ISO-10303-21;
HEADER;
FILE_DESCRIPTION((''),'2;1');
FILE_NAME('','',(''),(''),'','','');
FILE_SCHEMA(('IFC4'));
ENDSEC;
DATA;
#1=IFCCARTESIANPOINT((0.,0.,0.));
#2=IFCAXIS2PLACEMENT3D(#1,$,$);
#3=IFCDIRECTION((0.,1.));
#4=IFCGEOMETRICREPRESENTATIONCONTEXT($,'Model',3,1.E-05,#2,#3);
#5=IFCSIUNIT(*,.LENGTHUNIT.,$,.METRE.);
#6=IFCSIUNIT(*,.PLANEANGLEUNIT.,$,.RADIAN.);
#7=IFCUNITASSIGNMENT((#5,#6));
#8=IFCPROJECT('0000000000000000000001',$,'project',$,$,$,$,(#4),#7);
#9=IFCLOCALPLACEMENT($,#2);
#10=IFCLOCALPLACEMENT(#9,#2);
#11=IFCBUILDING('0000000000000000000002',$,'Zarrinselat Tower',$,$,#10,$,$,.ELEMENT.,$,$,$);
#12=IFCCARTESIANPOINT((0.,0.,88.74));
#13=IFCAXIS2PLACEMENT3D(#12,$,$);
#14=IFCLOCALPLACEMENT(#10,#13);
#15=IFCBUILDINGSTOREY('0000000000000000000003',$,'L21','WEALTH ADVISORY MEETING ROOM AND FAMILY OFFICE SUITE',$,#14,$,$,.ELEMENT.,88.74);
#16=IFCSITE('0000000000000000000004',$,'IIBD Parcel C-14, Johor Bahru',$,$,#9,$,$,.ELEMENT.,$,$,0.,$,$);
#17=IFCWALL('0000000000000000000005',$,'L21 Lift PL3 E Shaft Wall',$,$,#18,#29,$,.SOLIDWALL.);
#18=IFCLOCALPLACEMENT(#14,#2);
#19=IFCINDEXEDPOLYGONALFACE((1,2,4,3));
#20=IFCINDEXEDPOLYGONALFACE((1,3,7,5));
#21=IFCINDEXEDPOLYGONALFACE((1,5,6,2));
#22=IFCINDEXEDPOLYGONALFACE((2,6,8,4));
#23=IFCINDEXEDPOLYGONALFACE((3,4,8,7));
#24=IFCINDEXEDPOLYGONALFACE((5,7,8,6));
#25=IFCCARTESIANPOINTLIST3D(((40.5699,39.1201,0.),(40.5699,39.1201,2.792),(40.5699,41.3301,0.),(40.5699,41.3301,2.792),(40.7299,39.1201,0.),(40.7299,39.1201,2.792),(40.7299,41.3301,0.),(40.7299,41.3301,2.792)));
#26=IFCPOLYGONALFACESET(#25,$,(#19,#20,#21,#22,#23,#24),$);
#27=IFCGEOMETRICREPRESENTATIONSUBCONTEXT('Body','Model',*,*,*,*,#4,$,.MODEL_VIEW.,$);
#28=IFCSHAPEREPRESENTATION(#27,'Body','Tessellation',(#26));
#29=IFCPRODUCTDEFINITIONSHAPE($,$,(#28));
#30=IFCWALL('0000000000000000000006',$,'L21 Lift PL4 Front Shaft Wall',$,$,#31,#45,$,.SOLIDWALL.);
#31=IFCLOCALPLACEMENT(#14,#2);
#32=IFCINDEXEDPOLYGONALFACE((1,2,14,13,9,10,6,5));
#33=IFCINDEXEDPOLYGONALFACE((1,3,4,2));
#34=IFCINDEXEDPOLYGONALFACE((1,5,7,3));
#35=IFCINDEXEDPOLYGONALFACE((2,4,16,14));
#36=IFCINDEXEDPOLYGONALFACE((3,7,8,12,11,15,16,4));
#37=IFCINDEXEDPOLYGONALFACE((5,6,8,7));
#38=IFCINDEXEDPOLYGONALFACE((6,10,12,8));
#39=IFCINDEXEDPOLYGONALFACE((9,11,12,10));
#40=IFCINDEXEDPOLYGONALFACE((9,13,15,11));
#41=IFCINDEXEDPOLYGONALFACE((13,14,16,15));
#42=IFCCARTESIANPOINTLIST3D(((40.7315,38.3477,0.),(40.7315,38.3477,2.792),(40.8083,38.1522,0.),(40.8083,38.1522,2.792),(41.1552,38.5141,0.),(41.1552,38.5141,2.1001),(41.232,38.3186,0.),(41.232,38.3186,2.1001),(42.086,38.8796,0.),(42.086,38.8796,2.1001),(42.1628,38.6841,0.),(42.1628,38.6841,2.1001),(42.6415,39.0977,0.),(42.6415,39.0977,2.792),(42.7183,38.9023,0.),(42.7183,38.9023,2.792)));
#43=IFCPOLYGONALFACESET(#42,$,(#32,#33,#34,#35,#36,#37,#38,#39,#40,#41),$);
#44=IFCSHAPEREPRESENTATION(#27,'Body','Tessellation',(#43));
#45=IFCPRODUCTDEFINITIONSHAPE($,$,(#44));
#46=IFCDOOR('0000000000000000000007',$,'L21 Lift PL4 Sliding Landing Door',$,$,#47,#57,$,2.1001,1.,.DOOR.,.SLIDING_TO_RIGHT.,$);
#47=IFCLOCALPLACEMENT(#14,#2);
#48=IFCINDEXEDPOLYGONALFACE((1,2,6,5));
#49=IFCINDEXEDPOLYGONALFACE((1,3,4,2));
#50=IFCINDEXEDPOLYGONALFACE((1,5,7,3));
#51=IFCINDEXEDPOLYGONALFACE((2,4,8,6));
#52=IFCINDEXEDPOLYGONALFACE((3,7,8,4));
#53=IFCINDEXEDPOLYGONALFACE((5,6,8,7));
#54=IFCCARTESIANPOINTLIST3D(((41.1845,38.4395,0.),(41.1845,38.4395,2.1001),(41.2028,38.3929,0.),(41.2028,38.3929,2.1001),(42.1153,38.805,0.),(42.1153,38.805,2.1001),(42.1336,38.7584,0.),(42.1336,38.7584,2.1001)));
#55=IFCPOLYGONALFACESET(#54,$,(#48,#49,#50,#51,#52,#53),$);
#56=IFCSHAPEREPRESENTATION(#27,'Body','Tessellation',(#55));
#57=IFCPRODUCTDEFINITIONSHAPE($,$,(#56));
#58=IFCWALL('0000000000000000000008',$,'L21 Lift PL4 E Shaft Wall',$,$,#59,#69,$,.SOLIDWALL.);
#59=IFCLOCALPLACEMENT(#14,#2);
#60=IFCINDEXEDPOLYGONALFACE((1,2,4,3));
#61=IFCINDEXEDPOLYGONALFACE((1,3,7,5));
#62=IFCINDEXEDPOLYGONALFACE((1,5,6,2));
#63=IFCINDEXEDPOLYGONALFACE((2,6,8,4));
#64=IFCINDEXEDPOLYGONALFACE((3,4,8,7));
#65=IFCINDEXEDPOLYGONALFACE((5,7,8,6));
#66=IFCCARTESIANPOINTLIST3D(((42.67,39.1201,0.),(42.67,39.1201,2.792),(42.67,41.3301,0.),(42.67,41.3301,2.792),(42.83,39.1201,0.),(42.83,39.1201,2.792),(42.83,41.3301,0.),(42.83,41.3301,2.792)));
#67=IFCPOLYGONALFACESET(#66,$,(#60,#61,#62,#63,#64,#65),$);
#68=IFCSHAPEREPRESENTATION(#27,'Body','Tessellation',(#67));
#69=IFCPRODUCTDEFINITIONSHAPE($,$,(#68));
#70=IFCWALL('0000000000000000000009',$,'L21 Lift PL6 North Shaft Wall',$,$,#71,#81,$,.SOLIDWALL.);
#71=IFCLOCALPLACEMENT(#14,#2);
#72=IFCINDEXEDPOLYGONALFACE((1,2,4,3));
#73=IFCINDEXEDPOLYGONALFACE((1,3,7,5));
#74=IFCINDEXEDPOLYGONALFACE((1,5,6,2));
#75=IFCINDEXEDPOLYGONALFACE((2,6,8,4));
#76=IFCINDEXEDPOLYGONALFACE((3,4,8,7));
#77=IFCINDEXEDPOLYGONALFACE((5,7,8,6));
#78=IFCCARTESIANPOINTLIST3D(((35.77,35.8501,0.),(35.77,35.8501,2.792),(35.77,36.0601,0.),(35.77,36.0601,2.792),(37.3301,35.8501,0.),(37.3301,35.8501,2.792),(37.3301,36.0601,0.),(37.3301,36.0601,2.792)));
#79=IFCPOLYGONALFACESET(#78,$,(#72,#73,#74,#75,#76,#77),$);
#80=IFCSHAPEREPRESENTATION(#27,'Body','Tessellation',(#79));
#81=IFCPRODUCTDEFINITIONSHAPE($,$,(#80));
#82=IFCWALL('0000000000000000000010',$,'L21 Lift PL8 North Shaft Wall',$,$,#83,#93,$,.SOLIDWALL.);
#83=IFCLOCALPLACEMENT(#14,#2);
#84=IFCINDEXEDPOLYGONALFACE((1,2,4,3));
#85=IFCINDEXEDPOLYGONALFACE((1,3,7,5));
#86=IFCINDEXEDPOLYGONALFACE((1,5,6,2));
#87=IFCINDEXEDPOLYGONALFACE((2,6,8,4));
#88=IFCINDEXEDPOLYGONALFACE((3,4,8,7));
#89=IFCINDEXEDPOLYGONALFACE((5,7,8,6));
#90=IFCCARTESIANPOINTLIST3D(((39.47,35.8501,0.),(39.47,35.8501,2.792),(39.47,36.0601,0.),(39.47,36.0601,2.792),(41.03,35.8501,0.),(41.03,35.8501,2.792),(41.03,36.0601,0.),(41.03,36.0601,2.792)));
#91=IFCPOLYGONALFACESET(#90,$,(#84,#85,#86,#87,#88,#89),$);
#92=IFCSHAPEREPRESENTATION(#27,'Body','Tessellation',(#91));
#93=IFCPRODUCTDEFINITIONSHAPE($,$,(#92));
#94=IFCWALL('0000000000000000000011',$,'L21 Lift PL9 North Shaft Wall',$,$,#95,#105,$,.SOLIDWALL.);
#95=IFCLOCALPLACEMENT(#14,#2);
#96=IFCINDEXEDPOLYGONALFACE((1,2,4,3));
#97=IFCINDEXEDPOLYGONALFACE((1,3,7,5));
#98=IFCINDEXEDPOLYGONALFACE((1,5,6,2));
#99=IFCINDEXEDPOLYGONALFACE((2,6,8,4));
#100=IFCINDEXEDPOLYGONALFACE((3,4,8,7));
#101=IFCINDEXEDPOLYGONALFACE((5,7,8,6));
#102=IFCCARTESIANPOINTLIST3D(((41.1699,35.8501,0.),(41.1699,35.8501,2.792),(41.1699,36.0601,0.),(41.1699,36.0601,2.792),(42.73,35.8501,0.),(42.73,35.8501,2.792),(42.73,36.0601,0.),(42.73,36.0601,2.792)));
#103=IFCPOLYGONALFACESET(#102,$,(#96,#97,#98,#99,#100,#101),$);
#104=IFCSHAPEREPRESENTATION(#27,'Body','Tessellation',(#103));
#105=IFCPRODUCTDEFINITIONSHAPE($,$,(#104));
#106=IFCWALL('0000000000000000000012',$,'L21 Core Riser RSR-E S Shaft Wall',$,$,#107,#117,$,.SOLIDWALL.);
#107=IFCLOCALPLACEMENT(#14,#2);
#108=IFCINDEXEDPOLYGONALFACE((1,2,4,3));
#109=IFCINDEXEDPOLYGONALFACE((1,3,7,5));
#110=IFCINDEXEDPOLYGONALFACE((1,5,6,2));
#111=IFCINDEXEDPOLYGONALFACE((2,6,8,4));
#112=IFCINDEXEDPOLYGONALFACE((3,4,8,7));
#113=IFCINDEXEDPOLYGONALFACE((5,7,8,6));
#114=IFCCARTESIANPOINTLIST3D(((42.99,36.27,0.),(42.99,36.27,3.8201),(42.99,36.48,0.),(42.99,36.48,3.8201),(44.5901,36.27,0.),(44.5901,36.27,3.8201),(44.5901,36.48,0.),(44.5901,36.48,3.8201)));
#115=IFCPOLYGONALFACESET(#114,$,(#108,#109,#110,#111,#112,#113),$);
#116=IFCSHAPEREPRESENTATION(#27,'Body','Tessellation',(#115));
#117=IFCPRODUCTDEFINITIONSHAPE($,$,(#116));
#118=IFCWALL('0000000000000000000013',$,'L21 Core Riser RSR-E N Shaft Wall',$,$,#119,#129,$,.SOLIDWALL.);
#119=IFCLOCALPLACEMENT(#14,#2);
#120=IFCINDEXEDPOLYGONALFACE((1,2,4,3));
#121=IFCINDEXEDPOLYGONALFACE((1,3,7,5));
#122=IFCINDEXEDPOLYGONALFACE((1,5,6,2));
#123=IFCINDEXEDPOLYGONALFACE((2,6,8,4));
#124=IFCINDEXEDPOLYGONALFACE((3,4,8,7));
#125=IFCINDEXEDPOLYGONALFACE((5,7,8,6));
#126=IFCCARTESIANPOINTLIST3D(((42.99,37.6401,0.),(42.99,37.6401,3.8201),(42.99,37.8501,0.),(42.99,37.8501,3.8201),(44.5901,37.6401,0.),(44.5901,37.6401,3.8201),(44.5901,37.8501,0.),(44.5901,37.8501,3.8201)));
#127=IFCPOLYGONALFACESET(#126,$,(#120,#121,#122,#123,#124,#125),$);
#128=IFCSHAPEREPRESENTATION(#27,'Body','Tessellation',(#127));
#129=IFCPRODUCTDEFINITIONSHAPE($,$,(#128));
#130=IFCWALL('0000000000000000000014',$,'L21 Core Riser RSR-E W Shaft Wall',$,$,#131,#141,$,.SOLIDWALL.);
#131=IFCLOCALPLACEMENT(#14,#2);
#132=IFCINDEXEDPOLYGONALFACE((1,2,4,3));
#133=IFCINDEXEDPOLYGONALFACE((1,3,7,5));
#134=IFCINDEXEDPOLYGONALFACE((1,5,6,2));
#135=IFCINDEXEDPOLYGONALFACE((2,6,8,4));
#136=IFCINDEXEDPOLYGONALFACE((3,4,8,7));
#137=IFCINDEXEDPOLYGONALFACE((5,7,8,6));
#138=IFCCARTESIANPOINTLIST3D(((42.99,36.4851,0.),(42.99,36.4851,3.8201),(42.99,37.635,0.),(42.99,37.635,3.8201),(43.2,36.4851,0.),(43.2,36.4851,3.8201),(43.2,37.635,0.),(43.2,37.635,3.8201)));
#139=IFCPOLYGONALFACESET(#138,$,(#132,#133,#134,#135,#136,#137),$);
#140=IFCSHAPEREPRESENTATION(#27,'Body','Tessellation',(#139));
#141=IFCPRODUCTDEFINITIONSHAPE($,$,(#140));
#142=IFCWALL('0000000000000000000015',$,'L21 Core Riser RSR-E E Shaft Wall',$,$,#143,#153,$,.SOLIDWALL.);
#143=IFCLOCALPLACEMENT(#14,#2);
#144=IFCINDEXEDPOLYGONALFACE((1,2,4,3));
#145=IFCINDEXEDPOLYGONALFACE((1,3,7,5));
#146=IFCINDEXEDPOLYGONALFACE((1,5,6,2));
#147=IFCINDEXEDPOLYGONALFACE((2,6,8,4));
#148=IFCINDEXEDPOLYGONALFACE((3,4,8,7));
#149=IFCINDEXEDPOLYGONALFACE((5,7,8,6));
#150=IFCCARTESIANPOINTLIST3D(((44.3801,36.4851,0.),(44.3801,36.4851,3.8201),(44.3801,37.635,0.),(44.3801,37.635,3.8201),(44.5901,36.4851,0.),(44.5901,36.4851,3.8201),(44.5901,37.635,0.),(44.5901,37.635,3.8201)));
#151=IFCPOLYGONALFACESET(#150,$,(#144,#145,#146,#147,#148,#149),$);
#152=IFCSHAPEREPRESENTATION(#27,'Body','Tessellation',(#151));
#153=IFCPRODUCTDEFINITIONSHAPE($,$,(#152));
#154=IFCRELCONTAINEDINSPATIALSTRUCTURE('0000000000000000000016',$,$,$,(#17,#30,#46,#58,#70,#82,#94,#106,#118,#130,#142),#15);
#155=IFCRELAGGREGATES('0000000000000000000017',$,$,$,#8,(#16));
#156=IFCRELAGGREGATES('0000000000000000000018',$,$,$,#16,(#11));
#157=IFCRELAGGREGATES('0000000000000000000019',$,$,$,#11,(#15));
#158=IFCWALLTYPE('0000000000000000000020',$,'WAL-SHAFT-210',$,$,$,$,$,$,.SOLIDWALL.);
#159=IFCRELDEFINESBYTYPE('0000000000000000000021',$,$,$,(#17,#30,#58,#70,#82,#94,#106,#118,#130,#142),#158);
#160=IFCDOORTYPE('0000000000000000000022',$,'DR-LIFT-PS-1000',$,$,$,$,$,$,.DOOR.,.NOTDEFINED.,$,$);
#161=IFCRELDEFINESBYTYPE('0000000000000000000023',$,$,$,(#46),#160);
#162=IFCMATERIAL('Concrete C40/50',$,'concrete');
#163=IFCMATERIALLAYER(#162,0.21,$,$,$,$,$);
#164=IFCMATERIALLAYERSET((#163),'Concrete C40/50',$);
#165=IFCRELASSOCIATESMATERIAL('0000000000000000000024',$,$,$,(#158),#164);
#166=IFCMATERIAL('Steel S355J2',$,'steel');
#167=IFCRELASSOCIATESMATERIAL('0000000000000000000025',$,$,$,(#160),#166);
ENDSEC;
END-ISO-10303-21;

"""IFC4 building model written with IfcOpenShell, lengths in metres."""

from ifc_helpers import new_model, si_unit, direction, frame, frame_2d, origin, place, context, subcontext, project, spatial, rectangle, extrude, material, layer, layer_set, type_object, element, fill, save


model = new_model("IFC4")

# Units and contexts
model_context = context("Model", 3, precision=1e-05, world=origin(), true_north=direction((0.0, 1.0)))
body_context = subcontext(model_context, "Body", "Model", "MODEL_VIEW")
ifc_project = project(units=[si_unit("LENGTHUNIT", "METRE"), si_unit("PLANEANGLEUNIT", "RADIAN")], contexts=[model_context])

# Site, building, storey
site_placement = place(None, origin())
site = spatial("IfcSite", under=ifc_project, at=site_placement, Name="IIBD Parcel C-14, Johor Bahru", CompositionType="ELEMENT", RefElevation=0.0)
building_placement = place(site_placement, origin())
building = spatial("IfcBuilding", under=site, at=building_placement, Name="Zarrinselat Tower", CompositionType="ELEMENT")
storey_placement = place(building_placement, frame((0.0, 0.0, 88.74)))
storey = spatial("IfcBuildingStorey", under=building, at=storey_placement, Name="L21", Description="WEALTH ADVISORY MEETING ROOM AND FAMILY OFFICE SUITE", CompositionType="ELEMENT", Elevation=88.74)

# Shared definitions
ifc_material_1 = material(Name="Concrete C40/50", Category="concrete")
ifc_layer_1 = layer(ifc_material_1, 0.21)
ifc_layer_set_1 = layer_set([ifc_layer_1], Name="Concrete C40/50")
wall_type_1 = type_object("IfcWallType", Name="WAL-SHAFT-210", PredefinedType="SOLIDWALL", material=ifc_layer_set_1)

# Shared definitions
ifc_material_2 = material(Name="Steel S355J2", Category="steel")
door_type_1 = type_object("IfcDoorType", Name="DR-LIFT-PS-1000", OperationType="NOTDEFINED", PredefinedType="DOOR", material=ifc_material_2)

# Wall
for number, where, z_axis, x_axis, name in (
    (1, (40.6499, 39.1201, 0.0), (0.0, 0.0, 1.0), (0.0, 1.0, 0.0), "L21 Lift PL3 E Shaft Wall"),
):
    element("IfcWall", number, at=place(storey_placement, frame(where, z_axis=z_axis, x_axis=x_axis)), inside=storey, type_object=wall_type_1, Name=name, PredefinedType="SOLIDWALL", context=body_context, shape_type="SweptSolid", body=[
        extrude(rectangle(XDim=2.21, YDim=0.1599, at=frame_2d((1.105, 0.0))), origin(), (0.0, 0.0, 1.0), 2.792),
    ])

# Wall, opening, door
wall_1_placement = place(storey_placement, frame((40.77, 38.25, 0.0), z_axis=(0.0, 0.0, 1.0), x_axis=(0.930805, 0.365516, 0.0)))
wall_1 = element("IfcWall", 2, at=wall_1_placement, inside=storey, type_object=wall_type_1, Name="L21 Lift PL4 Front Shaft Wall", PredefinedType="SOLIDWALL", context=body_context, shape_type="SweptSolid", body=[
    extrude(rectangle(XDim=2.052, YDim=0.21, at=frame_2d((1.0259, 0.0))), origin(), (0.0, 0.0, 1.0), 2.792),
])
opening_1_placement = place(wall_1_placement, frame((0.4551, 0.0, 0.0)))
opening_1 = element("IfcOpeningElement", 3, at=opening_1_placement, cuts=wall_1, PredefinedType="OPENING", context=body_context, shape_type="SweptSolid", body=[
    extrude(rectangle(XDim=1.0, YDim=2.1001, at=frame_2d((0.5, 1.05))), frame((0.0, 0.115, 0.0), z_axis=(0.0, -1.0, 0.0), x_axis=(1.0, 0.0, 0.0)), (0.0, 0.0, 1.0), 0.23),
])
door_1_placement = place(opening_1_placement, origin())
door_1 = element("IfcDoor", 4, at=door_1_placement, inside=storey, type_object=door_type_1, Name="L21 Lift PL4 Sliding Landing Door", OperationType="SLIDING_TO_RIGHT", OverallHeight=2.1001, OverallWidth=1.0, PredefinedType="DOOR", context=body_context, shape_type="SweptSolid", body=[
    extrude(rectangle(XDim=1.0, YDim=2.1001, at=frame_2d((0.5, 1.05))), frame((0.0, 0.0249, 0.0), z_axis=(0.0, -1.0, 0.0), x_axis=(1.0, 0.0, 0.0)), (0.0, 0.0, 1.0), 0.05),
])
fill(opening_1, door_1)

# Walls
wall_2_placement = place(storey_placement, frame((42.75, 39.1201, 0.0), z_axis=(0.0, 0.0, 1.0), x_axis=(0.0, 1.0, 0.0)))
element("IfcWall", 5, at=wall_2_placement, inside=storey, type_object=wall_type_1, Name="L21 Lift PL4 E Shaft Wall", PredefinedType="SOLIDWALL", context=body_context, shape_type="SweptSolid", body=[
    extrude(rectangle(XDim=2.21, YDim=0.1599, at=frame_2d((1.105, 0.0))), origin(), (0.0, 0.0, 1.0), 2.792),
])
for number, where, z_axis, x_axis, name in (
    (6, (35.77, 35.9551, 0.0), (0.0, 0.0, 1.0), (1.0, 0.0, 0.0), "L21 Lift PL6 North Shaft Wall"),
    (7, (39.47, 35.9551, 0.0), (0.0, 0.0, 1.0), (1.0, 0.0, 0.0), "L21 Lift PL8 North Shaft Wall"),
    (8, (41.1699, 35.9551, 0.0), (0.0, 0.0, 1.0), (1.0, 0.0, 0.0), "L21 Lift PL9 North Shaft Wall"),
):
    element("IfcWall", number, at=place(storey_placement, frame(where, z_axis=z_axis, x_axis=x_axis)), inside=storey, type_object=wall_type_1, Name=name, PredefinedType="SOLIDWALL", context=body_context, shape_type="SweptSolid", body=[
        extrude(rectangle(XDim=1.5601, YDim=0.21, at=frame_2d((0.78, 0.0))), origin(), (0.0, 0.0, 1.0), 2.792),
    ])
for number, where, z_axis, x_axis, name in (
    (9, (42.99, 36.375, 0.0), (0.0, 0.0, 1.0), (1.0, 0.0, 0.0), "L21 Core Riser RSR-E S Shaft Wall"),
    (10, (42.99, 37.7451, 0.0), (0.0, 0.0, 1.0), (1.0, 0.0, 0.0), "L21 Core Riser RSR-E N Shaft Wall"),
):
    element("IfcWall", number, at=place(storey_placement, frame(where, z_axis=z_axis, x_axis=x_axis)), inside=storey, type_object=wall_type_1, Name=name, PredefinedType="SOLIDWALL", context=body_context, shape_type="SweptSolid", body=[
        extrude(rectangle(XDim=1.6001, YDim=0.21, at=frame_2d((0.8, 0.0))), origin(), (0.0, 0.0, 1.0), 3.8201),
    ])
for number, where, z_axis, x_axis, name in (
    (11, (43.095, 36.4851, 0.0), (0.0, 0.0, 1.0), (0.0, 1.0, 0.0), "L21 Core Riser RSR-E W Shaft Wall"),
    (12, (44.4851, 36.4851, 0.0), (0.0, 0.0, 1.0), (0.0, 1.0, 0.0), "L21 Core Riser RSR-E E Shaft Wall"),
):
    element("IfcWall", number, at=place(storey_placement, frame(where, z_axis=z_axis, x_axis=x_axis)), inside=storey, type_object=wall_type_1, Name=name, PredefinedType="SOLIDWALL", context=body_context, shape_type="SweptSolid", body=[
        extrude(rectangle(XDim=1.1499, YDim=0.21, at=frame_2d((0.575, 0.0))), origin(), (0.0, 0.0, 1.0), 3.8201),
    ])

save(model, "model.ifc")
